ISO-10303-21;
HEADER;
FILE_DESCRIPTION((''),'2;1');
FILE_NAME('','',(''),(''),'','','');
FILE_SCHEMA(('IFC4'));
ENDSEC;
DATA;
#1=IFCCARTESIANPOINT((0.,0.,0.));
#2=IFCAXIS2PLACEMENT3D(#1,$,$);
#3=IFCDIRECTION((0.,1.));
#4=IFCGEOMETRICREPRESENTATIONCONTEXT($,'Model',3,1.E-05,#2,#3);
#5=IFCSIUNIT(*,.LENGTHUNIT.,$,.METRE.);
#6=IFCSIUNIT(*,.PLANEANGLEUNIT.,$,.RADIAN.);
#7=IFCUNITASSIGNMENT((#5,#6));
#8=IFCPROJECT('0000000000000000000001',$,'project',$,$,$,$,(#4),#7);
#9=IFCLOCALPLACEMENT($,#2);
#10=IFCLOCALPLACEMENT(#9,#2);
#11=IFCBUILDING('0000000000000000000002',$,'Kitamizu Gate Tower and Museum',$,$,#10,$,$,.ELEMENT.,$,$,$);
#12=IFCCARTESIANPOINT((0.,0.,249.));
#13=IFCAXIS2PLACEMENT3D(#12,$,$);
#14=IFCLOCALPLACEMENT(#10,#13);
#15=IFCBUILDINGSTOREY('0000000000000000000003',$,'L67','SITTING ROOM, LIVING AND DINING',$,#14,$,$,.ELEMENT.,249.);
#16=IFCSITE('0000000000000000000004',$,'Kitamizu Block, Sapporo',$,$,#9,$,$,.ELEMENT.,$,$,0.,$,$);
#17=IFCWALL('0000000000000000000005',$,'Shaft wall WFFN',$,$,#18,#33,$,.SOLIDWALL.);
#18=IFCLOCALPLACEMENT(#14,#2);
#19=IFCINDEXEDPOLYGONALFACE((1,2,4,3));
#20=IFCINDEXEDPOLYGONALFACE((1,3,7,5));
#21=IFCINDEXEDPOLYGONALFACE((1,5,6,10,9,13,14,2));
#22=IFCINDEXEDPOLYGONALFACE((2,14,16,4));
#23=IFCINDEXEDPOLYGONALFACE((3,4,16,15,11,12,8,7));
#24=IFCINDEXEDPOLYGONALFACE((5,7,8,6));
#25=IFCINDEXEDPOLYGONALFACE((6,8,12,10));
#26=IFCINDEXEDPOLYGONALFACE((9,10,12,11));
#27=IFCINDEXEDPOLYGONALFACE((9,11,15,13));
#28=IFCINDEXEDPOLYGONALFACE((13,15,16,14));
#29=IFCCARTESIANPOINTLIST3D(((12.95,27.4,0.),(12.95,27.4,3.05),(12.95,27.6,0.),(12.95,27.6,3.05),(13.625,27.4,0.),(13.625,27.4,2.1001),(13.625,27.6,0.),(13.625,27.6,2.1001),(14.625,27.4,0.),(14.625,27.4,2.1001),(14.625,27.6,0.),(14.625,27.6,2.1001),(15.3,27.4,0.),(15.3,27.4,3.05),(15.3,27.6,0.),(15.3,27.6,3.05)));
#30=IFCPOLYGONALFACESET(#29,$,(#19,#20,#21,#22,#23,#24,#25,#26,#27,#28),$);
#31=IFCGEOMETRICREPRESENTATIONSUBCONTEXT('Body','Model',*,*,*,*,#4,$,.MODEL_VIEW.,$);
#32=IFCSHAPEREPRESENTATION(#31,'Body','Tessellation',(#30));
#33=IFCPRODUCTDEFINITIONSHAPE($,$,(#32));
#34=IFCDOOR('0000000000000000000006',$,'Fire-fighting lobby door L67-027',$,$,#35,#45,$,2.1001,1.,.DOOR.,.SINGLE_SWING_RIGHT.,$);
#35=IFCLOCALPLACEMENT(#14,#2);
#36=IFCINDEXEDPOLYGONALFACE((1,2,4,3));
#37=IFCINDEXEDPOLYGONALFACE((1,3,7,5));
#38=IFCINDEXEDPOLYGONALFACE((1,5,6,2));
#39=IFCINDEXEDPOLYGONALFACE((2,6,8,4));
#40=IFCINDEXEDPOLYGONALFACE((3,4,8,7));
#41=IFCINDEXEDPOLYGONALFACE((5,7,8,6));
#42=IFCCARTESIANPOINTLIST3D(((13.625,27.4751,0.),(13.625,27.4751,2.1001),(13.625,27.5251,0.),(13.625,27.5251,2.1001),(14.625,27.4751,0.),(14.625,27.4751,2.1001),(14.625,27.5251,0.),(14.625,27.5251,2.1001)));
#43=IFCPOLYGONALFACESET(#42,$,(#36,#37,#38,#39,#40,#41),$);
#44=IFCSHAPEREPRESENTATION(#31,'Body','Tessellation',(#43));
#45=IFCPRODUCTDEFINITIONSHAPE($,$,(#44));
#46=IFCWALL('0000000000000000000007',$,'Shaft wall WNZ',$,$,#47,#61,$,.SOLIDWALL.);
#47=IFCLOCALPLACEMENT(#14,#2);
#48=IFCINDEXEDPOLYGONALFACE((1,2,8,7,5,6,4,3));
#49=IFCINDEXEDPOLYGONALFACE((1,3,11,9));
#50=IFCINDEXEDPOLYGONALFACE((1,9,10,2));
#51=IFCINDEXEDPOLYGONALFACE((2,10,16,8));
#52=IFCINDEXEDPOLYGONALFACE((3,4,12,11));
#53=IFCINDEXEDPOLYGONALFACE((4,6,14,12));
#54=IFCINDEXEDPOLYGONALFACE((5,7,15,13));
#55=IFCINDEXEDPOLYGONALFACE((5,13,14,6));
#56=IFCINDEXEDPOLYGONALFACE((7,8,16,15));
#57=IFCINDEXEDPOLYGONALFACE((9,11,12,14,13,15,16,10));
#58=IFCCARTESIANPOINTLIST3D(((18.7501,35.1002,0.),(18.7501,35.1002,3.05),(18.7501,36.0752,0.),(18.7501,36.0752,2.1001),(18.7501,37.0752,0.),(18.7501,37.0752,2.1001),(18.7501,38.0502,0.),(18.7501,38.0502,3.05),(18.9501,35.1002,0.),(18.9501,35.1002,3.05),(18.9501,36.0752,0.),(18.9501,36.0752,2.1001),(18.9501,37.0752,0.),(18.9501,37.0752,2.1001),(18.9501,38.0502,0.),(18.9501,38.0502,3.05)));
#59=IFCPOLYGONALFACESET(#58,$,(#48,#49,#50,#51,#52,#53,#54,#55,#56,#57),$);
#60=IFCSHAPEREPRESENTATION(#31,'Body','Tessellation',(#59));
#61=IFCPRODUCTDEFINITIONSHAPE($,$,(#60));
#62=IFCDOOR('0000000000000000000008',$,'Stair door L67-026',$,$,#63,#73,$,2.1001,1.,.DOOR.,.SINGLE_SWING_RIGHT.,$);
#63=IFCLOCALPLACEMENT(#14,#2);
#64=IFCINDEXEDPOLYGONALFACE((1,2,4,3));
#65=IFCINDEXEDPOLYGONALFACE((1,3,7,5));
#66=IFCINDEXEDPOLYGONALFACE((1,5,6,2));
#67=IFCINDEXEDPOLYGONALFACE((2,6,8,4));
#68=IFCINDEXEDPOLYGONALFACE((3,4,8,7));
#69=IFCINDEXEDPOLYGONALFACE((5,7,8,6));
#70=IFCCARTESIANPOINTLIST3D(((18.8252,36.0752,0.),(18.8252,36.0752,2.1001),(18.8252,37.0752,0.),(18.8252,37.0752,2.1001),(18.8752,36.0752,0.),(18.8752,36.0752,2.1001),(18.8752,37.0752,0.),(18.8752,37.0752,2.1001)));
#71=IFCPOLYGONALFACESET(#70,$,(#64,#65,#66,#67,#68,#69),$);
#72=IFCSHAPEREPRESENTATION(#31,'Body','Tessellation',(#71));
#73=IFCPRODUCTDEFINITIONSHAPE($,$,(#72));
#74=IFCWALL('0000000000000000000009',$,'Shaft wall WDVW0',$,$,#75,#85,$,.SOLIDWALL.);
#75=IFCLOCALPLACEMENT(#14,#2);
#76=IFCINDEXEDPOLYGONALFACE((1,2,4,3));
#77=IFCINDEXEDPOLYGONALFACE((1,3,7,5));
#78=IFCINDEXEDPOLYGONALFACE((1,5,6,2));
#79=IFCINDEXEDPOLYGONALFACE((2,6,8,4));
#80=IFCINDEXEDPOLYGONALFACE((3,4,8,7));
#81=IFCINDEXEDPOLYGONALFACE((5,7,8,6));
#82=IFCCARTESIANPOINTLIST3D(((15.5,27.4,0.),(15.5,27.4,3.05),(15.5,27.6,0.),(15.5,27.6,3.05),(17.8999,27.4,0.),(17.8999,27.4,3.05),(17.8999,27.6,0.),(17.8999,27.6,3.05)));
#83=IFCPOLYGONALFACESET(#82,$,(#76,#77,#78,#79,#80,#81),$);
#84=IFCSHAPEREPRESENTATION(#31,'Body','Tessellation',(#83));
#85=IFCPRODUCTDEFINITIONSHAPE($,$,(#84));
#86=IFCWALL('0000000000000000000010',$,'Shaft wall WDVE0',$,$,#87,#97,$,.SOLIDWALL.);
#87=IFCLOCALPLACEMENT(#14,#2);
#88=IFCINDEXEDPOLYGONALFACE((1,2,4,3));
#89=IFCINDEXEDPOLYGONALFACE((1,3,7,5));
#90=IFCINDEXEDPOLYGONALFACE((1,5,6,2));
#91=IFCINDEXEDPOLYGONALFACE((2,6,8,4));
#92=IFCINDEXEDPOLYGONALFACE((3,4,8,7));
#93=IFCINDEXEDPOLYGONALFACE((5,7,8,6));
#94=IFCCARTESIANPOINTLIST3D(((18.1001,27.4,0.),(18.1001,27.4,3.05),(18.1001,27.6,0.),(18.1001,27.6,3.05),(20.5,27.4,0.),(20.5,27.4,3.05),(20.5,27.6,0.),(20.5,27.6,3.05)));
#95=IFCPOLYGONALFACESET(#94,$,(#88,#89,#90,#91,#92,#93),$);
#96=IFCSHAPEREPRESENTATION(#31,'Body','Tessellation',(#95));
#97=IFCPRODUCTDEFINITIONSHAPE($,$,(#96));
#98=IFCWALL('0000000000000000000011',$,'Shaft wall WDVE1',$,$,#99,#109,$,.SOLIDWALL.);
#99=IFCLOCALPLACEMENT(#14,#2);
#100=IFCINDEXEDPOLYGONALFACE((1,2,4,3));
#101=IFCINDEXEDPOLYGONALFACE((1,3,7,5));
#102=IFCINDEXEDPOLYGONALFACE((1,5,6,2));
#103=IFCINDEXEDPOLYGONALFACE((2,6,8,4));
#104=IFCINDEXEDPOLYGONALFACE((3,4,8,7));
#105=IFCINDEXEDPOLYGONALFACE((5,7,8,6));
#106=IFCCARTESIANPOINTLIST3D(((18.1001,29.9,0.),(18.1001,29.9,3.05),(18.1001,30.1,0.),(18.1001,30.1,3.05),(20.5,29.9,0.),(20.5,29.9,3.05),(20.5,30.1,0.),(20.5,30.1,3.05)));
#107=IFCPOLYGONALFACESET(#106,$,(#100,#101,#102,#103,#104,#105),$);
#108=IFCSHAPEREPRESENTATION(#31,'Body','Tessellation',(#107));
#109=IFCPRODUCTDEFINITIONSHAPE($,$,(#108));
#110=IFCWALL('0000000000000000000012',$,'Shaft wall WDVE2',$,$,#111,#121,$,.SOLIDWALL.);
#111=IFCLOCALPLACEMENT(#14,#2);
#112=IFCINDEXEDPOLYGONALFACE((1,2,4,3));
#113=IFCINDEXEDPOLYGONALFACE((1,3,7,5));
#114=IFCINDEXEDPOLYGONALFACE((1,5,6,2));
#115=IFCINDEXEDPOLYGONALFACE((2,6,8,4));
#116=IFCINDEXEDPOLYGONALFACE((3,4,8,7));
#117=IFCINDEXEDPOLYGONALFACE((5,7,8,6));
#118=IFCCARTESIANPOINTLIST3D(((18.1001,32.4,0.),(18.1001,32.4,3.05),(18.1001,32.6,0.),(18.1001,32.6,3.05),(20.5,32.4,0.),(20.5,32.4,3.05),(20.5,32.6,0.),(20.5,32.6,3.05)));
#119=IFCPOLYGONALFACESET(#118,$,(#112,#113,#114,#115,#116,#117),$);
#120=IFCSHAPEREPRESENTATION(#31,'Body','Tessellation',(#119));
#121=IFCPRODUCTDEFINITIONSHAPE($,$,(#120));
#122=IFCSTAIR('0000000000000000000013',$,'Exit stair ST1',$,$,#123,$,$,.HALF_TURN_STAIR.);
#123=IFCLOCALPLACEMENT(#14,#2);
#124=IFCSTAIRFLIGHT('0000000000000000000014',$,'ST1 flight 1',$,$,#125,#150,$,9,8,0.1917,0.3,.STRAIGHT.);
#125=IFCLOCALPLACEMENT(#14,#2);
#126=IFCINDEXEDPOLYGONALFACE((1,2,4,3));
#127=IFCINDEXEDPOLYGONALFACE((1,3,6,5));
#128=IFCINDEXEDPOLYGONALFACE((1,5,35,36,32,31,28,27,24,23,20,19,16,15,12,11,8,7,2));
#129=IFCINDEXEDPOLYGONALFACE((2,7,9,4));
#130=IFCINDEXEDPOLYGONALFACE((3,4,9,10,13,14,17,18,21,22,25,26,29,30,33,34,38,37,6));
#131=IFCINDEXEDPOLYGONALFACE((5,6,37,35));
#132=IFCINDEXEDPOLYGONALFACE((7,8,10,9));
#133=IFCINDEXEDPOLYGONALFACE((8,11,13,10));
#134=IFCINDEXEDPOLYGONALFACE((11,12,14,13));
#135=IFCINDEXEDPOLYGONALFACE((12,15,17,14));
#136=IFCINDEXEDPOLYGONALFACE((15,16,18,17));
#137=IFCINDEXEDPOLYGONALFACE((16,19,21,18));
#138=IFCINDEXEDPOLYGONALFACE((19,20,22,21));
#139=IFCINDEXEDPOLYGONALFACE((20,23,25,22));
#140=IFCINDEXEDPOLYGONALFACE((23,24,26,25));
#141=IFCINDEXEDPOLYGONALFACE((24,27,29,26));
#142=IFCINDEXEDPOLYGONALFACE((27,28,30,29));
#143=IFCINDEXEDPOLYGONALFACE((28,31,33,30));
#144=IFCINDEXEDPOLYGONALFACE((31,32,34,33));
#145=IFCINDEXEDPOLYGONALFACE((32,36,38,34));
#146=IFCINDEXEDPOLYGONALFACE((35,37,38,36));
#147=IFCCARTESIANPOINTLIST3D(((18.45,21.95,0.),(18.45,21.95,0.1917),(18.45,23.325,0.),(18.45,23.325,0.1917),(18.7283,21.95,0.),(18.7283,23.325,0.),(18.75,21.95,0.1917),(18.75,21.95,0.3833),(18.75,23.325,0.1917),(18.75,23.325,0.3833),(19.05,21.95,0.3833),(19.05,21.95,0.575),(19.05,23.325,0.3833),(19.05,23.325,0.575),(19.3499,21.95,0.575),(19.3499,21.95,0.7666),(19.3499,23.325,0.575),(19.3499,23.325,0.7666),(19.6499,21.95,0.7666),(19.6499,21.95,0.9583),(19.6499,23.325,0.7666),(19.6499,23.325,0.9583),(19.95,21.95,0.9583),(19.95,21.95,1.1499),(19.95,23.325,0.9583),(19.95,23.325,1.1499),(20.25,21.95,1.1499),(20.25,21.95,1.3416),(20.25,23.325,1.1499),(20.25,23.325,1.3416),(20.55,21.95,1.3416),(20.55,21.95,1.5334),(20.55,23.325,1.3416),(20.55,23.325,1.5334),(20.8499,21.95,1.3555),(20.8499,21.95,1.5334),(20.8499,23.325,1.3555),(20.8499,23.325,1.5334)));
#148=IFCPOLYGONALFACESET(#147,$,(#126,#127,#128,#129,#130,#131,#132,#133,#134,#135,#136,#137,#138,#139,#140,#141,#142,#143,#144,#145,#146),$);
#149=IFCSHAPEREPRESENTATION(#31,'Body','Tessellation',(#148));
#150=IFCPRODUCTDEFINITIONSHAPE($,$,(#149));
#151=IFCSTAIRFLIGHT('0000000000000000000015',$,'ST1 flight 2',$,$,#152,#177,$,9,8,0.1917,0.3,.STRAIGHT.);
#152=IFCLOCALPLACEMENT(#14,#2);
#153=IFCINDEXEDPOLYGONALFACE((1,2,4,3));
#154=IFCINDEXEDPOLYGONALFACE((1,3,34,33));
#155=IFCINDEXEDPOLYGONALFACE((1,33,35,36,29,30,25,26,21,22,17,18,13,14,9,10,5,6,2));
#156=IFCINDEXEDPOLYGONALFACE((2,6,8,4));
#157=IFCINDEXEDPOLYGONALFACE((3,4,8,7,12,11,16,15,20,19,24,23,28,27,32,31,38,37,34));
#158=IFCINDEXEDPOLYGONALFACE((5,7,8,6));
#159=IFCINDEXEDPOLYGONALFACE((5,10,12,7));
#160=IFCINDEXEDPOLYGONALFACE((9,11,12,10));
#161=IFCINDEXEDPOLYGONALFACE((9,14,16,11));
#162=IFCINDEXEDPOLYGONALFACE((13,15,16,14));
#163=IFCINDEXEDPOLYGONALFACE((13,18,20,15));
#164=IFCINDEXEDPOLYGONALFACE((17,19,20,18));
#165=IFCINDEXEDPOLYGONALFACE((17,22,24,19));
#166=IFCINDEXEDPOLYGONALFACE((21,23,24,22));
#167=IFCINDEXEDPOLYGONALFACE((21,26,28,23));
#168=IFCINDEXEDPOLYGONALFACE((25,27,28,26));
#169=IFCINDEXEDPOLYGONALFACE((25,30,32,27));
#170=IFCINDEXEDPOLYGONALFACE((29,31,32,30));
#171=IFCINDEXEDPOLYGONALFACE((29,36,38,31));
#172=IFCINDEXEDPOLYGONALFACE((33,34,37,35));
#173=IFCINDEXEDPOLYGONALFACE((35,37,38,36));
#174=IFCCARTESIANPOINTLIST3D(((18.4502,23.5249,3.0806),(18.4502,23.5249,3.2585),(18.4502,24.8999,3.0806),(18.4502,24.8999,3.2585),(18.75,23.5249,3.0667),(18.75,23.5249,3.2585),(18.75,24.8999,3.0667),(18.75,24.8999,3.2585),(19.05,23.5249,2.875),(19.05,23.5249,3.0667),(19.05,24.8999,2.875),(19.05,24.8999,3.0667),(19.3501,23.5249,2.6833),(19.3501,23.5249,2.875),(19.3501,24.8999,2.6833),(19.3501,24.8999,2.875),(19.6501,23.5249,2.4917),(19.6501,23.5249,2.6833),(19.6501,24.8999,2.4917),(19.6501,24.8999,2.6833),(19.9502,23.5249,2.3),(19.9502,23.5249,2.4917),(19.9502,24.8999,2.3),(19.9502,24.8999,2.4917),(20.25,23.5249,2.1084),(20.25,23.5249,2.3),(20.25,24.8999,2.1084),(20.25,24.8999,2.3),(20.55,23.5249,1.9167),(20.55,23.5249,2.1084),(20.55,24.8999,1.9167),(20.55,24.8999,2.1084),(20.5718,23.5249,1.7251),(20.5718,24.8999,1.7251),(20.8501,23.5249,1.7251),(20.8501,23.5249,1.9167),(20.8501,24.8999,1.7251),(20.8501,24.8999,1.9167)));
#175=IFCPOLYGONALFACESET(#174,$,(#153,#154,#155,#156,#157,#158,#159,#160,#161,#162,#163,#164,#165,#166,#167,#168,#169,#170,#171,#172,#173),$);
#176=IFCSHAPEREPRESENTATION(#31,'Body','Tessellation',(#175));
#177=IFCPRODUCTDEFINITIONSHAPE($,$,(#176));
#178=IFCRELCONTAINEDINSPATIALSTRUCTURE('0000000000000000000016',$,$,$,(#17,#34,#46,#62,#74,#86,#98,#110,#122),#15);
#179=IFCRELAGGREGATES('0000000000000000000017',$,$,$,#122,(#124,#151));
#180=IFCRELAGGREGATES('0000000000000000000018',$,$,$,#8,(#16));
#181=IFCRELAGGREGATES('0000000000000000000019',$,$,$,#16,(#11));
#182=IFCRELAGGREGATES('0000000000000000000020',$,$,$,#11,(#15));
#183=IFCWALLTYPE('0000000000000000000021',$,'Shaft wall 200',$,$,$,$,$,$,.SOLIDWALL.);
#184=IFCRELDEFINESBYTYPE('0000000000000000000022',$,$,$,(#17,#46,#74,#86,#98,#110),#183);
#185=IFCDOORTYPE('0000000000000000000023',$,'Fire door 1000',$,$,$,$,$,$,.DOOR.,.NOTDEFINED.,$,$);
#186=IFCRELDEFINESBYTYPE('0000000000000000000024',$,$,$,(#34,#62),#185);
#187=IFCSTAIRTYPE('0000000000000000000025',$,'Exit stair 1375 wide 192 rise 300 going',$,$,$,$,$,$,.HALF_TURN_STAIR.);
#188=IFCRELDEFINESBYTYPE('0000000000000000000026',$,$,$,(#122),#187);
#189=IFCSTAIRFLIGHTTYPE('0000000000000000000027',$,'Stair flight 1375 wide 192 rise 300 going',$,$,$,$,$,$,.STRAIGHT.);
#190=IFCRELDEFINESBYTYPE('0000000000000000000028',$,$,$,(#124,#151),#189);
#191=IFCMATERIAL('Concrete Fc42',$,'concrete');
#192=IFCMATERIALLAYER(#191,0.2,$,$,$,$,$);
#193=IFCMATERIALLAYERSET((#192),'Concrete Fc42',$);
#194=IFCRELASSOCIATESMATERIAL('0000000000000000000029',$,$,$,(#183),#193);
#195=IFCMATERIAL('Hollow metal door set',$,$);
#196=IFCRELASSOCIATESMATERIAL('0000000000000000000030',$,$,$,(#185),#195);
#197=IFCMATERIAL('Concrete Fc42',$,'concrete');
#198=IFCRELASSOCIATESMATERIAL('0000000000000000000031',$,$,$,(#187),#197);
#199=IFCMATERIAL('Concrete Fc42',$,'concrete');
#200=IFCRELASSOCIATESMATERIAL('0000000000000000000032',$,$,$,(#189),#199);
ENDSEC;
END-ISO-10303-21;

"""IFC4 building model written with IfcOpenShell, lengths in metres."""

from ifc_helpers import new_model, si_unit, direction, frame, frame_2d, origin, place, context, subcontext, project, spatial, polyline, rectangle, outline, extrude, material, layer, layer_set, type_object, element, fill, aggregate, save


model = new_model("IFC4")

# Units and contexts
model_context = context("Model", 3, precision=1e-05, world=origin(), true_north=direction((0.0, 1.0)))
body_context = subcontext(model_context, "Body", "Model", "MODEL_VIEW")
ifc_project = project(units=[si_unit("LENGTHUNIT", "METRE"), si_unit("PLANEANGLEUNIT", "RADIAN")], contexts=[model_context])

# Site, building, storey
site_placement = place(None, origin())
site = spatial("IfcSite", under=ifc_project, at=site_placement, Name="Kitamizu Block, Sapporo", CompositionType="ELEMENT", RefElevation=0.0)
building_placement = place(site_placement, origin())
building = spatial("IfcBuilding", under=site, at=building_placement, Name="Kitamizu Gate Tower and Museum", CompositionType="ELEMENT")
storey_placement = place(building_placement, frame((0.0, 0.0, 249.0)))
storey = spatial("IfcBuildingStorey", under=building, at=storey_placement, Name="L67", Description="SITTING ROOM, LIVING AND DINING", CompositionType="ELEMENT", Elevation=249.0)

# Shared definitions
ifc_material_1 = material(Name="Concrete Fc42", Category="concrete")
ifc_layer_1 = layer(ifc_material_1, 0.2)
ifc_layer_set_1 = layer_set([ifc_layer_1], Name="Concrete Fc42")
wall_type_1 = type_object("IfcWallType", Name="Shaft wall 200", PredefinedType="SOLIDWALL", material=ifc_layer_set_1)
ifc_material_2 = material(Name="Hollow metal door set")
door_type_1 = type_object("IfcDoorType", Name="Fire door 1000", OperationType="NOTDEFINED", PredefinedType="DOOR", material=ifc_material_2)

# Walls, openings, doors
wall_1_placement = place(storey_placement, frame((12.95, 27.5, 0.0), z_axis=(0.0, 0.0, 1.0), x_axis=(1.0, 0.0, 0.0)))
wall_1 = element("IfcWall", 1, at=wall_1_placement, inside=storey, type_object=wall_type_1, Name="Shaft wall WFFN", PredefinedType="SOLIDWALL", context=body_context, shape_type="SweptSolid", body=[
    extrude(rectangle(XDim=2.3501, YDim=0.2, at=frame_2d((1.175, 0.0))), origin(), (0.0, 0.0, 1.0), 3.05),
])
opening_1_placement = place(wall_1_placement, frame((0.675, 0.0, 0.0)))
opening_1 = element("IfcOpeningElement", 2, at=opening_1_placement, cuts=wall_1, PredefinedType="OPENING", context=body_context, shape_type="SweptSolid", body=[
    extrude(rectangle(XDim=1.0, YDim=2.1001, at=frame_2d((0.5, 1.05))), frame((0.0, 0.1099, 0.0), z_axis=(0.0, -1.0, 0.0), x_axis=(1.0, 0.0, 0.0)), (0.0, 0.0, 1.0), 0.22),
])
door_1_placement = place(opening_1_placement, frame((1.0, 0.0, 0.0), x_axis=(-1.0, 0.0, 0.0)))
door_1 = element("IfcDoor", 3, at=door_1_placement, inside=storey, type_object=door_type_1, Name="Fire-fighting lobby door L67-027", OperationType="SINGLE_SWING_RIGHT", OverallHeight=2.1001, OverallWidth=1.0, PredefinedType="DOOR", context=body_context, shape_type="SweptSolid", body=[
    extrude(rectangle(XDim=1.0, YDim=2.1001, at=frame_2d((0.5, 1.05))), frame((0.0, 0.0249, 0.0), z_axis=(0.0, -1.0, 0.0), x_axis=(1.0, 0.0, 0.0)), (0.0, 0.0, 1.0), 0.05),
])
fill(opening_1, door_1)
wall_2_placement = place(storey_placement, frame((18.8501, 35.1001, 0.0), z_axis=(0.0, 0.0, 1.0), x_axis=(0.0, 1.0, 0.0)))
wall_2 = element("IfcWall", 4, at=wall_2_placement, inside=storey, type_object=wall_type_1, Name="Shaft wall WNZ", PredefinedType="SOLIDWALL", context=body_context, shape_type="SweptSolid", body=[
    extrude(rectangle(XDim=2.95, YDim=0.2, at=frame_2d((1.4751, 0.0))), origin(), (0.0, 0.0, 1.0), 3.05),
])
opening_2_placement = place(wall_2_placement, frame((0.9751, 0.0, 0.0)))
opening_2 = element("IfcOpeningElement", 5, at=opening_2_placement, cuts=wall_2, PredefinedType="OPENING", context=body_context, shape_type="SweptSolid", body=[
    extrude(rectangle(XDim=1.0, YDim=2.1001, at=frame_2d((0.5, 1.05))), frame((0.0, 0.1099, 0.0), z_axis=(0.0, -1.0, 0.0), x_axis=(1.0, 0.0, 0.0)), (0.0, 0.0, 1.0), 0.22),
])
door_2_placement = place(opening_2_placement, origin())
door_2 = element("IfcDoor", 6, at=door_2_placement, inside=storey, type_object=door_type_1, Name="Stair door L67-026", OperationType="SINGLE_SWING_RIGHT", OverallHeight=2.1001, OverallWidth=1.0, PredefinedType="DOOR", context=body_context, shape_type="SweptSolid", body=[
    extrude(rectangle(XDim=1.0, YDim=2.1001, at=frame_2d((0.5, 1.05))), frame((0.0, 0.0249, 0.0), z_axis=(0.0, -1.0, 0.0), x_axis=(1.0, 0.0, 0.0)), (0.0, 0.0, 1.0), 0.05),
])
fill(opening_2, door_2)

# Walls
for number, where, z_axis, x_axis, name in (
    (7, (15.5, 27.5, 0.0), (0.0, 0.0, 1.0), (1.0, 0.0, 0.0), "Shaft wall WDVW0"),
    (8, (18.1001, 27.5, 0.0), (0.0, 0.0, 1.0), (1.0, 0.0, 0.0), "Shaft wall WDVE0"),
    (9, (18.1001, 30.0, 0.0), (0.0, 0.0, 1.0), (1.0, 0.0, 0.0), "Shaft wall WDVE1"),
    (10, (18.1001, 32.5, 0.0), (0.0, 0.0, 1.0), (1.0, 0.0, 0.0), "Shaft wall WDVE2"),
):
    element("IfcWall", number, at=place(storey_placement, frame(where, z_axis=z_axis, x_axis=x_axis)), inside=storey, type_object=wall_type_1, Name=name, PredefinedType="SOLIDWALL", context=body_context, shape_type="SweptSolid", body=[
        extrude(rectangle(XDim=2.3999, YDim=0.2, at=frame_2d((1.2, 0.0))), origin(), (0.0, 0.0, 1.0), 3.05),
    ])

# Stair, stair flights
ifc_material_3 = material(Name="Concrete Fc42", Category="concrete")
stair_type = type_object("IfcStairType", Name="Exit stair 1375 wide 192 rise 300 going", PredefinedType="HALF_TURN_STAIR", material=ifc_material_3)
stair_1_placement = place(storey_placement, origin())
stair_1 = element("IfcStair", 11, at=stair_1_placement, inside=storey, type_object=stair_type, Name="Exit stair ST1", PredefinedType="HALF_TURN_STAIR")
ifc_material_4 = material(Name="Concrete Fc42", Category="concrete")
stair_flight_type = type_object("IfcStairFlightType", Name="Stair flight 1375 wide 192 rise 300 going", PredefinedType="STRAIGHT", material=ifc_material_4)
stair_flight_1_placement = place(storey_placement, frame((18.45, 22.6375, 0.0), z_axis=(0.0, 0.0, 1.0), x_axis=(1.0, 0.0, 0.0)))
stair_flight_1 = element("IfcStairFlight", 12, at=stair_flight_1_placement, type_object=stair_flight_type, Name="ST1 flight 1", NumberOfRisers=9, NumberOfTreads=8, PredefinedType="STRAIGHT", RiserHeight=0.1917, TreadLength=0.3, context=body_context, shape_type="SweptSolid", body=[
    extrude(outline(polyline([(0.0, 0.0), (0.0, 0.1917), (0.3, 0.1917), (0.3, 0.3833), (0.6001, 0.3833), (0.6001, 0.575), (0.8999, 0.575), (0.8999, 0.7666), (1.2, 0.7666), (1.2, 0.9583), (1.5, 0.9583), (1.5, 1.1499), (1.8, 1.1499), (1.8, 1.3416), (2.1001, 1.3416), (2.1001, 1.5334), (2.3999, 1.5334), (2.3999, 1.7251), (2.3999, 1.3555), (0.2783, 0.0), (0.0, 0.0)])), frame((0.0, 0.6875, 0.0), z_axis=(0.0, -1.0, 0.0), x_axis=(1.0, 0.0, 0.0)), (0.0, 0.0, 1.0), 1.375),
])
stair_flight_2_placement = place(storey_placement, frame((20.8501, 24.2124, 1.7251), z_axis=(0.0, 0.0, 1.0), x_axis=(-1.0, 0.0, 0.0)))
stair_flight_2 = element("IfcStairFlight", 13, at=stair_flight_2_placement, type_object=stair_flight_type, Name="ST1 flight 2", NumberOfRisers=9, NumberOfTreads=8, PredefinedType="STRAIGHT", RiserHeight=0.1917, TreadLength=0.3, context=body_context, shape_type="SweptSolid", body=[
    extrude(outline(polyline([(0.0, 0.0), (0.0, 0.1917), (0.3, 0.1917), (0.3, 0.3833), (0.6001, 0.3833), (0.6001, 0.575), (0.8999, 0.575), (0.8999, 0.7666), (1.2, 0.7666), (1.2, 0.9583), (1.5, 0.9583), (1.5, 1.1499), (1.8, 1.1499), (1.8, 1.3416), (2.1001, 1.3416), (2.1001, 1.5334), (2.3999, 1.5334), (2.3999, 1.7251), (2.3999, 1.3555), (0.2783, 0.0), (0.0, 0.0)])), frame((0.0, 0.6875, 0.0), z_axis=(0.0, -1.0, 0.0), x_axis=(1.0, 0.0, 0.0)), (0.0, 0.0, 1.0), 1.375),
])
aggregate(stair_1, [stair_flight_1, stair_flight_2])

save(model, "model.ifc")
